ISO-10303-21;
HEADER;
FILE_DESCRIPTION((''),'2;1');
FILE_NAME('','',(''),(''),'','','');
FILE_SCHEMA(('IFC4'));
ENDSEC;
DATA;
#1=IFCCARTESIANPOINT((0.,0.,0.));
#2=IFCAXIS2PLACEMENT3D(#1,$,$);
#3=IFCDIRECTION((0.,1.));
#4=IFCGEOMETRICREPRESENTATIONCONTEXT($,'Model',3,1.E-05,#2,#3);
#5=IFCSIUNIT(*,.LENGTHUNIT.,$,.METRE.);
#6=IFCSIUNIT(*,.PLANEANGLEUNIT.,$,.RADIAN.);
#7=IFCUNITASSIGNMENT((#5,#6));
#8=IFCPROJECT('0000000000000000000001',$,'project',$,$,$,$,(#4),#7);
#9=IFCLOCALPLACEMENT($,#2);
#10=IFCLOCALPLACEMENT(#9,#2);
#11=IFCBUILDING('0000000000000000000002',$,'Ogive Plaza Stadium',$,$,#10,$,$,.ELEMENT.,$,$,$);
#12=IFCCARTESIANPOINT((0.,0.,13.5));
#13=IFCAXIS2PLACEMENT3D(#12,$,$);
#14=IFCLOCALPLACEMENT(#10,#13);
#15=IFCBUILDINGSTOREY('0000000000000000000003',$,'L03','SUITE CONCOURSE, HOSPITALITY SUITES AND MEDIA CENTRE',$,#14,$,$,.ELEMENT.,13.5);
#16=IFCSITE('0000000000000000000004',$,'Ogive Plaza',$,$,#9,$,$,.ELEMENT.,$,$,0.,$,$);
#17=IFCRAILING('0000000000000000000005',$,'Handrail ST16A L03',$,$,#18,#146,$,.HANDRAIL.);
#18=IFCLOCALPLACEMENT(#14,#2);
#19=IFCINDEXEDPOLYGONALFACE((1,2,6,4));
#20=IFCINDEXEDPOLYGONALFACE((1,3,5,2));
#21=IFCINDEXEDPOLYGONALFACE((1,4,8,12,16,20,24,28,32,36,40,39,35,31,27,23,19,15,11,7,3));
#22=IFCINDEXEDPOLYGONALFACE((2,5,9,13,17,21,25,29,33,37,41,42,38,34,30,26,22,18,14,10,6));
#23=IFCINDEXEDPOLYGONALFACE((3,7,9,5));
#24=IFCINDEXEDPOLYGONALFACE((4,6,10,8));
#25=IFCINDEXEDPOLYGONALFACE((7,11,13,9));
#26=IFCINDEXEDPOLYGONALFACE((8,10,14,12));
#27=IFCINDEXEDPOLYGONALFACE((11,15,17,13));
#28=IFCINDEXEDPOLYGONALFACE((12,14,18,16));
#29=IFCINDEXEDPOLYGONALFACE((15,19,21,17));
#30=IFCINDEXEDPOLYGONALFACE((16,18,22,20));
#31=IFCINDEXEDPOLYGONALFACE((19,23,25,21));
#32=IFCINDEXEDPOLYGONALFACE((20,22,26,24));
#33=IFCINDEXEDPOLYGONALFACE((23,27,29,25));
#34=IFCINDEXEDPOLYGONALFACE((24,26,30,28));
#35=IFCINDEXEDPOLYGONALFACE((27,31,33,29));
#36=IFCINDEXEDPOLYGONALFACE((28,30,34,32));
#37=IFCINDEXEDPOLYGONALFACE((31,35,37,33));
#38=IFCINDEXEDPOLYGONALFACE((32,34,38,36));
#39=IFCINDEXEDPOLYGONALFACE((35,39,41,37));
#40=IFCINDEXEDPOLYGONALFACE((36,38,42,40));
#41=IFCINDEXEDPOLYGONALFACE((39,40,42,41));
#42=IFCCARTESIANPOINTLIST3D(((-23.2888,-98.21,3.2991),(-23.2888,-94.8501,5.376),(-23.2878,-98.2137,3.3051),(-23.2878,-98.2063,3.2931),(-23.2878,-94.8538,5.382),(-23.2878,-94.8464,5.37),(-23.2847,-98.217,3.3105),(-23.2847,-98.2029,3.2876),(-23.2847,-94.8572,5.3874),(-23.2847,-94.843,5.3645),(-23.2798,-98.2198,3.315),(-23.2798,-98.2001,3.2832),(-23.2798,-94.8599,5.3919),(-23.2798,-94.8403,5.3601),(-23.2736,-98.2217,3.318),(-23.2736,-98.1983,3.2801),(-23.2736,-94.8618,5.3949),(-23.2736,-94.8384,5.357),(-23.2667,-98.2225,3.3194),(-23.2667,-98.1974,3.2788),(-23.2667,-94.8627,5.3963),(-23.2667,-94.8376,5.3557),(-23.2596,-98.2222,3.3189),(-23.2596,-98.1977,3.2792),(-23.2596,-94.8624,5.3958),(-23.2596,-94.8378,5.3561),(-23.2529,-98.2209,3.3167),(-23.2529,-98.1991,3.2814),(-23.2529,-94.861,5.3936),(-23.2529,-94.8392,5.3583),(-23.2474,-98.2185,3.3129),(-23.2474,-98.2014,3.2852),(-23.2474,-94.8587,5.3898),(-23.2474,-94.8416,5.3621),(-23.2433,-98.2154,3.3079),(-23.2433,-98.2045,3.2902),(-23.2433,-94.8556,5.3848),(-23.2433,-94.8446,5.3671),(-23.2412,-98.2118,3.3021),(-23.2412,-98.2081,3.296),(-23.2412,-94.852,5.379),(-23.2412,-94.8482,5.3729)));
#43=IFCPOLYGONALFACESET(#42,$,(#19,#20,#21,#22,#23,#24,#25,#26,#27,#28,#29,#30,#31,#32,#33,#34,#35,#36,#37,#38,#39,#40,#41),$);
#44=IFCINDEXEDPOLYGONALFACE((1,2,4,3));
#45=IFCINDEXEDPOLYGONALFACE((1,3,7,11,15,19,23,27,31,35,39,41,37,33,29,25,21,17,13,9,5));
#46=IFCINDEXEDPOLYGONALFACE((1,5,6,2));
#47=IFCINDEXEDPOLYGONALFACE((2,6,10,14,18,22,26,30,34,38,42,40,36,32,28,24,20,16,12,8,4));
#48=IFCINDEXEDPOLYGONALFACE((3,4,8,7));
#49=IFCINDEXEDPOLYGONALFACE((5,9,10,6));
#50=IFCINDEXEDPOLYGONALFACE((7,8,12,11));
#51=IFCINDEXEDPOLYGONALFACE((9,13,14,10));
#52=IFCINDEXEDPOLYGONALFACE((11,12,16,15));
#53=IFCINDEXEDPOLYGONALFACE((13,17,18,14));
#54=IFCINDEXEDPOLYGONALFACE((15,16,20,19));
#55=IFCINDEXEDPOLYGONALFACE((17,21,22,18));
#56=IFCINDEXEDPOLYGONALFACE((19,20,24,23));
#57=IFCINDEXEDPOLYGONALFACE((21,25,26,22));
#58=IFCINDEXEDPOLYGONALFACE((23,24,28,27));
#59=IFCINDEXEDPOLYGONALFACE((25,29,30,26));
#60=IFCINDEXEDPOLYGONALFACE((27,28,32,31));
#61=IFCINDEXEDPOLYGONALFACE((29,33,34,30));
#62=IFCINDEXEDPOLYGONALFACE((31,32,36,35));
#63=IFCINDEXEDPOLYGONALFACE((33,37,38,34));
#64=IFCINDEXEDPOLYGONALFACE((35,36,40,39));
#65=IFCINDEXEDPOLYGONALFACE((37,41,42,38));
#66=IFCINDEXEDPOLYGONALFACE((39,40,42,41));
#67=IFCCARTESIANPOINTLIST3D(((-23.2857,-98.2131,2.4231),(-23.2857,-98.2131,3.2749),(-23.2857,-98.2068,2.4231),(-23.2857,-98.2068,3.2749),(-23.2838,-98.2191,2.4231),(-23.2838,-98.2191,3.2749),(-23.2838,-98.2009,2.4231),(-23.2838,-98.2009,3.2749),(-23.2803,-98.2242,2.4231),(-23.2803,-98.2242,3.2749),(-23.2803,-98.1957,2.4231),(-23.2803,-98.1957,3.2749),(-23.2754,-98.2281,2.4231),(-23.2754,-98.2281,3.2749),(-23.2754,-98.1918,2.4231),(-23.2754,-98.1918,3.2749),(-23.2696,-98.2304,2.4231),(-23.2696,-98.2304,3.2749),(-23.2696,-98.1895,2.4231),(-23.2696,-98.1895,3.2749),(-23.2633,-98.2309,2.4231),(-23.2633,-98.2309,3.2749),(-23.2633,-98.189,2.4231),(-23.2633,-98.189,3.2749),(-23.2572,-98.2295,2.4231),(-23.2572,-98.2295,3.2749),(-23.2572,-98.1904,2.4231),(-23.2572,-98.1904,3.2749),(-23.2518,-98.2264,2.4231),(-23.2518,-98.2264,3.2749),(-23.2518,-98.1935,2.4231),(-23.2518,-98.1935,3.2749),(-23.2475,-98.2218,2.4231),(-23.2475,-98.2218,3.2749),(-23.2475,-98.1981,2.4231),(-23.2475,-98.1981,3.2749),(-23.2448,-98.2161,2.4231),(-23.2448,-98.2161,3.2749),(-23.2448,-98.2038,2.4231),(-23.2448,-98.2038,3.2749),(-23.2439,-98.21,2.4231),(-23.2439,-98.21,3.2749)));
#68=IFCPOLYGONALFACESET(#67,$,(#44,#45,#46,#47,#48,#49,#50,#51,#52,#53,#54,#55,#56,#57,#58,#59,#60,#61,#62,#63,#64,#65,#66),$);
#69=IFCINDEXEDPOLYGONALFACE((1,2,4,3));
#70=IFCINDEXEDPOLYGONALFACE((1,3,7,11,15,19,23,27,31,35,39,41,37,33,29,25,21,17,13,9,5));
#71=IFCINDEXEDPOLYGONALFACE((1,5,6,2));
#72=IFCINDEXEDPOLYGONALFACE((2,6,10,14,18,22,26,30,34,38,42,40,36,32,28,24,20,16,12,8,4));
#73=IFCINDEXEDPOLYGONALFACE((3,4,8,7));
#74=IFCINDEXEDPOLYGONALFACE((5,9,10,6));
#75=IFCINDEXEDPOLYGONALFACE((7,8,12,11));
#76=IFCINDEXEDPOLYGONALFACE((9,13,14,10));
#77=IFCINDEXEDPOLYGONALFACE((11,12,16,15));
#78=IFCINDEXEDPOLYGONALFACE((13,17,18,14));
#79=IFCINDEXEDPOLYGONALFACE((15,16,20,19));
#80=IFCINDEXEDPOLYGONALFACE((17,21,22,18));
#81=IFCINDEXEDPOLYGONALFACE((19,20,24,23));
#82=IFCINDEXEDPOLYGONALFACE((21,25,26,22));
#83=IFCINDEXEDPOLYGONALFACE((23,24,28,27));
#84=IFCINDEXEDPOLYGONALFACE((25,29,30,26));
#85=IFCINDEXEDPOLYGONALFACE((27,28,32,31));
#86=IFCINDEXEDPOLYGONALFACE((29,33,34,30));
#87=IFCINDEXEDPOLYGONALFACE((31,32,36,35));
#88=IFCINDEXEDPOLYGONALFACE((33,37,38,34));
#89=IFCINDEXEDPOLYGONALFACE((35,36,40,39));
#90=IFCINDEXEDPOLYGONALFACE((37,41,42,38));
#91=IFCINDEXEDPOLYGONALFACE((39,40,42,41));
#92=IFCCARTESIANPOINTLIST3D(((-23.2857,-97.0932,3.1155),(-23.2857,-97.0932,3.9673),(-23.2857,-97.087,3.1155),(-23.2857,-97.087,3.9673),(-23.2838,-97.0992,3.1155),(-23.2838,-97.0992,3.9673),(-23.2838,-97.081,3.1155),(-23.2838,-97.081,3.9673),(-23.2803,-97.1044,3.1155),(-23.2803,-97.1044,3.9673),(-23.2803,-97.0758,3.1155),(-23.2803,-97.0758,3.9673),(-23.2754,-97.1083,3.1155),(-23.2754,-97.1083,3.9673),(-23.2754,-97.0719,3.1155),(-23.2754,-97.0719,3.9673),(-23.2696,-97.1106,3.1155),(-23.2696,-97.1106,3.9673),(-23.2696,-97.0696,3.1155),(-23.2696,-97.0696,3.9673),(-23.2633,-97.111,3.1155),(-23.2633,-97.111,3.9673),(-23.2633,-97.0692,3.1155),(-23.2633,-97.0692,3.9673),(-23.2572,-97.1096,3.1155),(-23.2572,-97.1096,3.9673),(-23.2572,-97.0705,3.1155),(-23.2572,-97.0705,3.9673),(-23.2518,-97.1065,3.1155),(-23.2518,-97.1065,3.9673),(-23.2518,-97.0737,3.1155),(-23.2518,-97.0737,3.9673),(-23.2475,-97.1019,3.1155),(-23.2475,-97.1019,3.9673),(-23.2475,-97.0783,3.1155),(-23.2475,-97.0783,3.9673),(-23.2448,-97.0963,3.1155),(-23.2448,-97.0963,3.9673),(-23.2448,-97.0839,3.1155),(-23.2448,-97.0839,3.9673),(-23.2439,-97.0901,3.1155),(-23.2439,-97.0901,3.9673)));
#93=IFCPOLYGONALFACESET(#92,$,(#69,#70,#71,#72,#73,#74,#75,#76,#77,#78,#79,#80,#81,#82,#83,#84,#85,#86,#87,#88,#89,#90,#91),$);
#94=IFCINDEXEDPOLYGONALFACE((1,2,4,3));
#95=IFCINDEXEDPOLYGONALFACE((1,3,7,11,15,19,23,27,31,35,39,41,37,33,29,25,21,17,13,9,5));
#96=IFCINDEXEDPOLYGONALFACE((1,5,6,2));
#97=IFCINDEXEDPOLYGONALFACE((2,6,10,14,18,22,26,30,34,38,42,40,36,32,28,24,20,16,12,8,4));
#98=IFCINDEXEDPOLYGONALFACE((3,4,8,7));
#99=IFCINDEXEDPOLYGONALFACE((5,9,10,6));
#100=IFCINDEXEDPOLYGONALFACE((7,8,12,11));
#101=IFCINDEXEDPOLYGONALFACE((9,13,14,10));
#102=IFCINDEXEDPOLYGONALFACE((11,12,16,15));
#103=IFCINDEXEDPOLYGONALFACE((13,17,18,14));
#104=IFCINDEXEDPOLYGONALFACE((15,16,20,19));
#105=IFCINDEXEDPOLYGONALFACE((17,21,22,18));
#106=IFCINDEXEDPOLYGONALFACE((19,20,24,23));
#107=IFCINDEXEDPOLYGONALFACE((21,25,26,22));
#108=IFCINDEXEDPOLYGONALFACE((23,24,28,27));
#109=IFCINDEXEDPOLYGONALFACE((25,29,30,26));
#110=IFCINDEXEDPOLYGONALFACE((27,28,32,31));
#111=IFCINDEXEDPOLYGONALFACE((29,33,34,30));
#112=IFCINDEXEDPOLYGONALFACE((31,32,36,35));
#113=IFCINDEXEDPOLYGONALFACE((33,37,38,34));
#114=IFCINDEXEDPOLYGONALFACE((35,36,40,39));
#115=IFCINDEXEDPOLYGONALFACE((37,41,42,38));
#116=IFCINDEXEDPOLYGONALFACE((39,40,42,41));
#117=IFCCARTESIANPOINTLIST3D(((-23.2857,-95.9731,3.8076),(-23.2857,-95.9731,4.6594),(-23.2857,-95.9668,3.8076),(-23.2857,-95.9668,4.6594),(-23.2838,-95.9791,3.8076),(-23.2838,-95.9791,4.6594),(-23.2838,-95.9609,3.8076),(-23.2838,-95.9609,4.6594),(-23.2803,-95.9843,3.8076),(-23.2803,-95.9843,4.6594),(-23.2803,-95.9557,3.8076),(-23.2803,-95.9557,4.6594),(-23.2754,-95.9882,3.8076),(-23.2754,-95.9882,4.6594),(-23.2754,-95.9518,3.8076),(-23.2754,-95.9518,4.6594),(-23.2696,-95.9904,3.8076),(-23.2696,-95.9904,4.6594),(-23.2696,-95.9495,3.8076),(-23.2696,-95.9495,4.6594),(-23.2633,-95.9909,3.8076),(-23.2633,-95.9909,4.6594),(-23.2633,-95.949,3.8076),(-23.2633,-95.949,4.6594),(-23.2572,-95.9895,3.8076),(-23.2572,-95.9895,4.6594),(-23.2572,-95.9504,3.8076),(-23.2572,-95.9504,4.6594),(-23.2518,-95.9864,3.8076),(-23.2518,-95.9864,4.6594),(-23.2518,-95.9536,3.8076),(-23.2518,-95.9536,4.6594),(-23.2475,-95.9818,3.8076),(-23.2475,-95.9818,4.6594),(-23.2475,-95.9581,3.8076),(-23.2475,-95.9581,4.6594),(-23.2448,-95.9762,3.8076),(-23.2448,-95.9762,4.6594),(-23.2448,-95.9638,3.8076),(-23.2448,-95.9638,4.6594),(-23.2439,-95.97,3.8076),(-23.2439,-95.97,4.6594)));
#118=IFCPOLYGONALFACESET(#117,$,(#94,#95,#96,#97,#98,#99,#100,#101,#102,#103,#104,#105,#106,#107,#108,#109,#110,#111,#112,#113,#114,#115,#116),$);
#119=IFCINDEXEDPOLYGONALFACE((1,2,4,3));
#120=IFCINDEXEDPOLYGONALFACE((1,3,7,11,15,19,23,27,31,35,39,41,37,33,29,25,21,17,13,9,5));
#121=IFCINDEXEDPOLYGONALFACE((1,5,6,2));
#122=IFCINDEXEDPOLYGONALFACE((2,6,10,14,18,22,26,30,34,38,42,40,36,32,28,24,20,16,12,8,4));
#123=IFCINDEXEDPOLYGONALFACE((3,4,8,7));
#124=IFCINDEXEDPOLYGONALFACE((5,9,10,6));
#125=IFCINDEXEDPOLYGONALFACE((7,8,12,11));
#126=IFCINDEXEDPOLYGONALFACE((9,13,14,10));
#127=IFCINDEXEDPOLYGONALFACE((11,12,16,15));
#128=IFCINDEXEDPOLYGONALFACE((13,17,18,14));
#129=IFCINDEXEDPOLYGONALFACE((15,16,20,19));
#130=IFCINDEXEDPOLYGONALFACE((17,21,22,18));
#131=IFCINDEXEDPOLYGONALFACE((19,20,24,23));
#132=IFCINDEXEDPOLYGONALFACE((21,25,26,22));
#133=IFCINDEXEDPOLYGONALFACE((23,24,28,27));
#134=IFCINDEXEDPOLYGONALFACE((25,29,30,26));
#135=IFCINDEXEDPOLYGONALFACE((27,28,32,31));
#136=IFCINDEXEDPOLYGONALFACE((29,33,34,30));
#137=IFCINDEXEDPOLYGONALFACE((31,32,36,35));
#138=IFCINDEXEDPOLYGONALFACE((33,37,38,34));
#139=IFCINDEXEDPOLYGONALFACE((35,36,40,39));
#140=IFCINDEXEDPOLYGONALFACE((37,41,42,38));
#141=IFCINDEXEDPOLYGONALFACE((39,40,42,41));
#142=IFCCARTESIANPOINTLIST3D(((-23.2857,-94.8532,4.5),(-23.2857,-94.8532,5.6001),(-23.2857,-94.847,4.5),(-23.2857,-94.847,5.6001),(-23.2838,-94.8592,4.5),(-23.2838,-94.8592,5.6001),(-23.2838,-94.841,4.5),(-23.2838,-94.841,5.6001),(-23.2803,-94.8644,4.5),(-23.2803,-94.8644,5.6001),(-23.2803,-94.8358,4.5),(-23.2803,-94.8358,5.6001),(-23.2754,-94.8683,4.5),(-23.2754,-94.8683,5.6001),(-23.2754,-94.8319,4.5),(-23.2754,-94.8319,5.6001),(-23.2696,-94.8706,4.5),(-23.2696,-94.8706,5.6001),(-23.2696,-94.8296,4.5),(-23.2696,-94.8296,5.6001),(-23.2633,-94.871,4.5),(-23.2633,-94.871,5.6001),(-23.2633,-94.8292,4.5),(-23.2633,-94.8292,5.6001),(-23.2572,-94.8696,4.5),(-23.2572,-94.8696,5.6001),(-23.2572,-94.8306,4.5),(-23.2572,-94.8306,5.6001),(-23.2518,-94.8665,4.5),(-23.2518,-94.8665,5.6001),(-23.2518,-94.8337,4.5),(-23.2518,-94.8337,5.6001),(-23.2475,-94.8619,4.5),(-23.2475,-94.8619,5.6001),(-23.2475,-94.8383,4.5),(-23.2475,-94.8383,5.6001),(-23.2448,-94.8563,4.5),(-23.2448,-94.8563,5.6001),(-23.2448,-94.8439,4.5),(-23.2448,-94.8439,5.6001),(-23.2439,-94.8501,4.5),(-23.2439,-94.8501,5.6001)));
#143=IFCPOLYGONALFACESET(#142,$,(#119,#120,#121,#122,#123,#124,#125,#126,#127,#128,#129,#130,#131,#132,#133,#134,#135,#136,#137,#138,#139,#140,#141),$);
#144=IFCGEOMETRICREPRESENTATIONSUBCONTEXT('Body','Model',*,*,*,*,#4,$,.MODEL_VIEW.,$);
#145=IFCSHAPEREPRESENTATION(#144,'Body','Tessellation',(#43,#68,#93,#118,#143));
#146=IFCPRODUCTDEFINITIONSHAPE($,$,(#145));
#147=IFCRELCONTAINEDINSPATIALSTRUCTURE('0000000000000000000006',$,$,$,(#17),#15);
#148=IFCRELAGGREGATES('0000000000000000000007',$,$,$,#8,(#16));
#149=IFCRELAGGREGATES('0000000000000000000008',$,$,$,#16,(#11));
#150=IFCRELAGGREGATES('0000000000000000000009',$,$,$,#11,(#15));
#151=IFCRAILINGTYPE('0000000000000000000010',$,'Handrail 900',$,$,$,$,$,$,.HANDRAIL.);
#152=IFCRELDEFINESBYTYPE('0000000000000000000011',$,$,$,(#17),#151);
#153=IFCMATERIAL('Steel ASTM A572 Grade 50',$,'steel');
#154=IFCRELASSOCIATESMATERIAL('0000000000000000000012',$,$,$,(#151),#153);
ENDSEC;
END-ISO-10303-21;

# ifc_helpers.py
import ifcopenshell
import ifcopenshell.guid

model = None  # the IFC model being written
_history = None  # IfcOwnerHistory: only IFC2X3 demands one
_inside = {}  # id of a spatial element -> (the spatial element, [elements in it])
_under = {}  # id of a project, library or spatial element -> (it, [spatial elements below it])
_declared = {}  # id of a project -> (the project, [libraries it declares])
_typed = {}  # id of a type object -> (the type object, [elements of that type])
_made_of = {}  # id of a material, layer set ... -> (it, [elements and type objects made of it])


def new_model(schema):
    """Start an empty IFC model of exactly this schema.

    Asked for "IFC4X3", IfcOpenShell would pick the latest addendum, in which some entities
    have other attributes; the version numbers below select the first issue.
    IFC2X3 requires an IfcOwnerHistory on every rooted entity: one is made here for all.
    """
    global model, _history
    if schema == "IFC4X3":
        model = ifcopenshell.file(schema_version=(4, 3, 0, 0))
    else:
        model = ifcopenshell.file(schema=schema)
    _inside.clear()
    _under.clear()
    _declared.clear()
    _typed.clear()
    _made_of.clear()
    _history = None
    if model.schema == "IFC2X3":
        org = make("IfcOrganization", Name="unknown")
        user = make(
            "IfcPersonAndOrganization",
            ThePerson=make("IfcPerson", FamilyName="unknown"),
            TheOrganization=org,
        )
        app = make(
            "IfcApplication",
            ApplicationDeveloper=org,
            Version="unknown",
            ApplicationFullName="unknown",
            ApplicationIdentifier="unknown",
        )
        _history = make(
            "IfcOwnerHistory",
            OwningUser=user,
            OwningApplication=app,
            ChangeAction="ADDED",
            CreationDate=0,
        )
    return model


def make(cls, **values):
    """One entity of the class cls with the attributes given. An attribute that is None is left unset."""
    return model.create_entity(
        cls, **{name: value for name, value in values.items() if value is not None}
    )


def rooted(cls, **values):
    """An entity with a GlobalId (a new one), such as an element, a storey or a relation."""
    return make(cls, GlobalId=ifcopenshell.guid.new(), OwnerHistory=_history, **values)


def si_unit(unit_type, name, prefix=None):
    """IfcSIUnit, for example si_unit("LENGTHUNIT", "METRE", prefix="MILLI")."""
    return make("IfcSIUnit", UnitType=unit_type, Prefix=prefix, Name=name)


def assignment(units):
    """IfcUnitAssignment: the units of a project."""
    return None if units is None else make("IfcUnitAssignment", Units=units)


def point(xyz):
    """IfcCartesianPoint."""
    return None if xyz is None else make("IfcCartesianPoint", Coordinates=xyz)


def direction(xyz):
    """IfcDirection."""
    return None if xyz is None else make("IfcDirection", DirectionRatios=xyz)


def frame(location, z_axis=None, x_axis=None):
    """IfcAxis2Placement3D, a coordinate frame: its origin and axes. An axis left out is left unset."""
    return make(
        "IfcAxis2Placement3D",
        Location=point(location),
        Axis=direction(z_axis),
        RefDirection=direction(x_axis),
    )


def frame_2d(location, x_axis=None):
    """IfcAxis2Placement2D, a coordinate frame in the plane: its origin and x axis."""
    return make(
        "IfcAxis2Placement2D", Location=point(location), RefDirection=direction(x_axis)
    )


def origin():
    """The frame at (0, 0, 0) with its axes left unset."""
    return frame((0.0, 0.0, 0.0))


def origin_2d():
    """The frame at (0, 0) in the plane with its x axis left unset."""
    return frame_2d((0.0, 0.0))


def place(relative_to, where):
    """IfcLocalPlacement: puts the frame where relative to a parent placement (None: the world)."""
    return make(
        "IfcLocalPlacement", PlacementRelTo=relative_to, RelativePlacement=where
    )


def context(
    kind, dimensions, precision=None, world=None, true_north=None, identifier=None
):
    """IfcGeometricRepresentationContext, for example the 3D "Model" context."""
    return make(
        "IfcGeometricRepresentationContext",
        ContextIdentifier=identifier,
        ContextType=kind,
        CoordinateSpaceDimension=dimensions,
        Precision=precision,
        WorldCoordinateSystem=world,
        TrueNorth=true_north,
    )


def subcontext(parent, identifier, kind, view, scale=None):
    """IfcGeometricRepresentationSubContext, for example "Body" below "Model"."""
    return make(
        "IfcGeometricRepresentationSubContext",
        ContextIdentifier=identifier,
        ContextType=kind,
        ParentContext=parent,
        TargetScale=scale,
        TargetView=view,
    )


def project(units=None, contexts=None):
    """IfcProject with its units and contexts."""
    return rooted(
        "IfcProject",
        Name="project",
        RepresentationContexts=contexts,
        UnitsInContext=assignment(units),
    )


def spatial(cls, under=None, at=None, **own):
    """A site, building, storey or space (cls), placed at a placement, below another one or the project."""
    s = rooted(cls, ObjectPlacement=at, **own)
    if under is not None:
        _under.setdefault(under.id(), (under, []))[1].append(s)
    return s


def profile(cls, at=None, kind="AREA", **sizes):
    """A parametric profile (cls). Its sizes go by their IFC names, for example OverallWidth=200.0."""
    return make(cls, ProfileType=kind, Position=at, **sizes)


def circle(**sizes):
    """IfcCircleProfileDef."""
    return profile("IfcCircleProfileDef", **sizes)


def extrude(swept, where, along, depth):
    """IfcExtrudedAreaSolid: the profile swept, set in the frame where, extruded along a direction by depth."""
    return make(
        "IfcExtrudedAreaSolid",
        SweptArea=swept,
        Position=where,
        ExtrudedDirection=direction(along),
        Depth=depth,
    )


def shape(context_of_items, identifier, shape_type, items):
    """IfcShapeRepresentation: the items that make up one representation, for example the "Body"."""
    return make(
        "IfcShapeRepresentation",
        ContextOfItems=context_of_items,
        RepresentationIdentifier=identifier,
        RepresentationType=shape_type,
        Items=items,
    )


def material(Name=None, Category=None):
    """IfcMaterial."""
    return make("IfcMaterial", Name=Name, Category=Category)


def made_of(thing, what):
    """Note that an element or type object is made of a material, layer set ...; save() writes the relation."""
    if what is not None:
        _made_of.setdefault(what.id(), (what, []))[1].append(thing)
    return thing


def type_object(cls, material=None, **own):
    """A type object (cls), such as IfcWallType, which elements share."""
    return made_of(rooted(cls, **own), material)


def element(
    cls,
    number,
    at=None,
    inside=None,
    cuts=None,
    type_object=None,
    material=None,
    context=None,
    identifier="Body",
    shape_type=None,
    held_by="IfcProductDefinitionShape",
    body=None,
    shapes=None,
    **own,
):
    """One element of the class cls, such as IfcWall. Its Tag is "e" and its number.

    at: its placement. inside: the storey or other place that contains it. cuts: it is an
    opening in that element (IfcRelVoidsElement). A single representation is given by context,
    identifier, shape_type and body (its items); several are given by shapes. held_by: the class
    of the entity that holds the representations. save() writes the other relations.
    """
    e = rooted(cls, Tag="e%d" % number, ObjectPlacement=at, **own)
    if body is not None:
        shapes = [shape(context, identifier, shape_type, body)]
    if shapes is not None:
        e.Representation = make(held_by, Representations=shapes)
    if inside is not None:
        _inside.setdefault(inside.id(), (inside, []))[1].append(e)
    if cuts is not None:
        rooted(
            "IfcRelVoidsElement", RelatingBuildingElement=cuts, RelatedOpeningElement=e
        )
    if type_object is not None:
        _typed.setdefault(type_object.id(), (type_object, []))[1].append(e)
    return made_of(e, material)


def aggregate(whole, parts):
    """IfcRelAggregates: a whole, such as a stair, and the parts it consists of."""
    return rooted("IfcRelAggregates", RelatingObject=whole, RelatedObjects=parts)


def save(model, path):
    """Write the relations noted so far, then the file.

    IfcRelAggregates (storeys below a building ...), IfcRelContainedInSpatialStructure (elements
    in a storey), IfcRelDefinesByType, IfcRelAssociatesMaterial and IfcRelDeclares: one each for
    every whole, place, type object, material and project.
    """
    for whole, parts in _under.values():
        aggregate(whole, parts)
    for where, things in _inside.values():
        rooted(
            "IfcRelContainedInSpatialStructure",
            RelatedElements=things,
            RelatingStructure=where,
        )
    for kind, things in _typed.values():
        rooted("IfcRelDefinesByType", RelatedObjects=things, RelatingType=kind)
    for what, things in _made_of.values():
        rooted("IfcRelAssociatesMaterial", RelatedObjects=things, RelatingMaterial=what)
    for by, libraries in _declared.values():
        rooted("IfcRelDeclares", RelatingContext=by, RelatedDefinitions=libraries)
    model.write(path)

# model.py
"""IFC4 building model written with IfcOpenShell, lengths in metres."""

from ifc_helpers import new_model, si_unit, direction, frame, origin, origin_2d, place, context, subcontext, project, spatial, circle, extrude, material, type_object, element, save


model = new_model("IFC4")

# Units and contexts
model_context = context("Model", 3, precision=1e-05, world=origin(), true_north=direction((0.0, 1.0)))
body_context = subcontext(model_context, "Body", "Model", "MODEL_VIEW")
ifc_project = project(units=[si_unit("LENGTHUNIT", "METRE"), si_unit("PLANEANGLEUNIT", "RADIAN")], contexts=[model_context])

# Site, building, storey
site_placement = place(None, origin())
site = spatial("IfcSite", under=ifc_project, at=site_placement, Name="Ogive Plaza", CompositionType="ELEMENT", RefElevation=0.0)
building_placement = place(site_placement, origin())
building = spatial("IfcBuilding", under=site, at=building_placement, Name="Ogive Plaza Stadium", CompositionType="ELEMENT")
storey_placement = place(building_placement, frame((0.0, 0.0, 13.5)))
storey = spatial("IfcBuildingStorey", under=building, at=storey_placement, Name="L03", Description="SUITE CONCOURSE, HOSPITALITY SUITES AND MEDIA CENTRE", CompositionType="ELEMENT", Elevation=13.5)

# Railing
ifc_material_1 = material(Name="Steel ASTM A572 Grade 50", Category="steel")
railing_type_1 = type_object("IfcRailingType", Name="Handrail 900", PredefinedType="HANDRAIL", material=ifc_material_1)
railing_placement = place(storey_placement, frame((-23.2649, -98.21, 2.4231)))
element("IfcRailing", 1, at=railing_placement, inside=storey, type_object=railing_type_1, Name="Handrail ST16A L03", PredefinedType="HANDRAIL", context=body_context, shape_type="SweptSolid", body=[
    extrude(circle(Radius=0.0239, at=origin_2d()), frame((0.0, 0.0, 0.876), z_axis=(0.0, 0.850606, 0.525803), x_axis=(-1.0, 0.0, 0.0)), (0.0, 0.0, 1.0), 3.95),
    extrude(circle(Radius=0.021, at=origin_2d()), origin(), (0.0, 0.0, 1.0), 0.8518),
    extrude(circle(Radius=0.021, at=origin_2d()), frame((0.0, 1.1199, 0.6924)), (0.0, 0.0, 1.0), 0.8518),
    extrude(circle(Radius=0.021, at=origin_2d()), frame((0.0, 2.24, 1.3845)), (0.0, 0.0, 1.0), 0.8518),
    extrude(circle(Radius=0.021, at=origin_2d()), frame((0.0, 3.3599, 2.0769)), (0.0, 0.0, 1.0), 1.1001),
])

save(model, "model.ifc")
